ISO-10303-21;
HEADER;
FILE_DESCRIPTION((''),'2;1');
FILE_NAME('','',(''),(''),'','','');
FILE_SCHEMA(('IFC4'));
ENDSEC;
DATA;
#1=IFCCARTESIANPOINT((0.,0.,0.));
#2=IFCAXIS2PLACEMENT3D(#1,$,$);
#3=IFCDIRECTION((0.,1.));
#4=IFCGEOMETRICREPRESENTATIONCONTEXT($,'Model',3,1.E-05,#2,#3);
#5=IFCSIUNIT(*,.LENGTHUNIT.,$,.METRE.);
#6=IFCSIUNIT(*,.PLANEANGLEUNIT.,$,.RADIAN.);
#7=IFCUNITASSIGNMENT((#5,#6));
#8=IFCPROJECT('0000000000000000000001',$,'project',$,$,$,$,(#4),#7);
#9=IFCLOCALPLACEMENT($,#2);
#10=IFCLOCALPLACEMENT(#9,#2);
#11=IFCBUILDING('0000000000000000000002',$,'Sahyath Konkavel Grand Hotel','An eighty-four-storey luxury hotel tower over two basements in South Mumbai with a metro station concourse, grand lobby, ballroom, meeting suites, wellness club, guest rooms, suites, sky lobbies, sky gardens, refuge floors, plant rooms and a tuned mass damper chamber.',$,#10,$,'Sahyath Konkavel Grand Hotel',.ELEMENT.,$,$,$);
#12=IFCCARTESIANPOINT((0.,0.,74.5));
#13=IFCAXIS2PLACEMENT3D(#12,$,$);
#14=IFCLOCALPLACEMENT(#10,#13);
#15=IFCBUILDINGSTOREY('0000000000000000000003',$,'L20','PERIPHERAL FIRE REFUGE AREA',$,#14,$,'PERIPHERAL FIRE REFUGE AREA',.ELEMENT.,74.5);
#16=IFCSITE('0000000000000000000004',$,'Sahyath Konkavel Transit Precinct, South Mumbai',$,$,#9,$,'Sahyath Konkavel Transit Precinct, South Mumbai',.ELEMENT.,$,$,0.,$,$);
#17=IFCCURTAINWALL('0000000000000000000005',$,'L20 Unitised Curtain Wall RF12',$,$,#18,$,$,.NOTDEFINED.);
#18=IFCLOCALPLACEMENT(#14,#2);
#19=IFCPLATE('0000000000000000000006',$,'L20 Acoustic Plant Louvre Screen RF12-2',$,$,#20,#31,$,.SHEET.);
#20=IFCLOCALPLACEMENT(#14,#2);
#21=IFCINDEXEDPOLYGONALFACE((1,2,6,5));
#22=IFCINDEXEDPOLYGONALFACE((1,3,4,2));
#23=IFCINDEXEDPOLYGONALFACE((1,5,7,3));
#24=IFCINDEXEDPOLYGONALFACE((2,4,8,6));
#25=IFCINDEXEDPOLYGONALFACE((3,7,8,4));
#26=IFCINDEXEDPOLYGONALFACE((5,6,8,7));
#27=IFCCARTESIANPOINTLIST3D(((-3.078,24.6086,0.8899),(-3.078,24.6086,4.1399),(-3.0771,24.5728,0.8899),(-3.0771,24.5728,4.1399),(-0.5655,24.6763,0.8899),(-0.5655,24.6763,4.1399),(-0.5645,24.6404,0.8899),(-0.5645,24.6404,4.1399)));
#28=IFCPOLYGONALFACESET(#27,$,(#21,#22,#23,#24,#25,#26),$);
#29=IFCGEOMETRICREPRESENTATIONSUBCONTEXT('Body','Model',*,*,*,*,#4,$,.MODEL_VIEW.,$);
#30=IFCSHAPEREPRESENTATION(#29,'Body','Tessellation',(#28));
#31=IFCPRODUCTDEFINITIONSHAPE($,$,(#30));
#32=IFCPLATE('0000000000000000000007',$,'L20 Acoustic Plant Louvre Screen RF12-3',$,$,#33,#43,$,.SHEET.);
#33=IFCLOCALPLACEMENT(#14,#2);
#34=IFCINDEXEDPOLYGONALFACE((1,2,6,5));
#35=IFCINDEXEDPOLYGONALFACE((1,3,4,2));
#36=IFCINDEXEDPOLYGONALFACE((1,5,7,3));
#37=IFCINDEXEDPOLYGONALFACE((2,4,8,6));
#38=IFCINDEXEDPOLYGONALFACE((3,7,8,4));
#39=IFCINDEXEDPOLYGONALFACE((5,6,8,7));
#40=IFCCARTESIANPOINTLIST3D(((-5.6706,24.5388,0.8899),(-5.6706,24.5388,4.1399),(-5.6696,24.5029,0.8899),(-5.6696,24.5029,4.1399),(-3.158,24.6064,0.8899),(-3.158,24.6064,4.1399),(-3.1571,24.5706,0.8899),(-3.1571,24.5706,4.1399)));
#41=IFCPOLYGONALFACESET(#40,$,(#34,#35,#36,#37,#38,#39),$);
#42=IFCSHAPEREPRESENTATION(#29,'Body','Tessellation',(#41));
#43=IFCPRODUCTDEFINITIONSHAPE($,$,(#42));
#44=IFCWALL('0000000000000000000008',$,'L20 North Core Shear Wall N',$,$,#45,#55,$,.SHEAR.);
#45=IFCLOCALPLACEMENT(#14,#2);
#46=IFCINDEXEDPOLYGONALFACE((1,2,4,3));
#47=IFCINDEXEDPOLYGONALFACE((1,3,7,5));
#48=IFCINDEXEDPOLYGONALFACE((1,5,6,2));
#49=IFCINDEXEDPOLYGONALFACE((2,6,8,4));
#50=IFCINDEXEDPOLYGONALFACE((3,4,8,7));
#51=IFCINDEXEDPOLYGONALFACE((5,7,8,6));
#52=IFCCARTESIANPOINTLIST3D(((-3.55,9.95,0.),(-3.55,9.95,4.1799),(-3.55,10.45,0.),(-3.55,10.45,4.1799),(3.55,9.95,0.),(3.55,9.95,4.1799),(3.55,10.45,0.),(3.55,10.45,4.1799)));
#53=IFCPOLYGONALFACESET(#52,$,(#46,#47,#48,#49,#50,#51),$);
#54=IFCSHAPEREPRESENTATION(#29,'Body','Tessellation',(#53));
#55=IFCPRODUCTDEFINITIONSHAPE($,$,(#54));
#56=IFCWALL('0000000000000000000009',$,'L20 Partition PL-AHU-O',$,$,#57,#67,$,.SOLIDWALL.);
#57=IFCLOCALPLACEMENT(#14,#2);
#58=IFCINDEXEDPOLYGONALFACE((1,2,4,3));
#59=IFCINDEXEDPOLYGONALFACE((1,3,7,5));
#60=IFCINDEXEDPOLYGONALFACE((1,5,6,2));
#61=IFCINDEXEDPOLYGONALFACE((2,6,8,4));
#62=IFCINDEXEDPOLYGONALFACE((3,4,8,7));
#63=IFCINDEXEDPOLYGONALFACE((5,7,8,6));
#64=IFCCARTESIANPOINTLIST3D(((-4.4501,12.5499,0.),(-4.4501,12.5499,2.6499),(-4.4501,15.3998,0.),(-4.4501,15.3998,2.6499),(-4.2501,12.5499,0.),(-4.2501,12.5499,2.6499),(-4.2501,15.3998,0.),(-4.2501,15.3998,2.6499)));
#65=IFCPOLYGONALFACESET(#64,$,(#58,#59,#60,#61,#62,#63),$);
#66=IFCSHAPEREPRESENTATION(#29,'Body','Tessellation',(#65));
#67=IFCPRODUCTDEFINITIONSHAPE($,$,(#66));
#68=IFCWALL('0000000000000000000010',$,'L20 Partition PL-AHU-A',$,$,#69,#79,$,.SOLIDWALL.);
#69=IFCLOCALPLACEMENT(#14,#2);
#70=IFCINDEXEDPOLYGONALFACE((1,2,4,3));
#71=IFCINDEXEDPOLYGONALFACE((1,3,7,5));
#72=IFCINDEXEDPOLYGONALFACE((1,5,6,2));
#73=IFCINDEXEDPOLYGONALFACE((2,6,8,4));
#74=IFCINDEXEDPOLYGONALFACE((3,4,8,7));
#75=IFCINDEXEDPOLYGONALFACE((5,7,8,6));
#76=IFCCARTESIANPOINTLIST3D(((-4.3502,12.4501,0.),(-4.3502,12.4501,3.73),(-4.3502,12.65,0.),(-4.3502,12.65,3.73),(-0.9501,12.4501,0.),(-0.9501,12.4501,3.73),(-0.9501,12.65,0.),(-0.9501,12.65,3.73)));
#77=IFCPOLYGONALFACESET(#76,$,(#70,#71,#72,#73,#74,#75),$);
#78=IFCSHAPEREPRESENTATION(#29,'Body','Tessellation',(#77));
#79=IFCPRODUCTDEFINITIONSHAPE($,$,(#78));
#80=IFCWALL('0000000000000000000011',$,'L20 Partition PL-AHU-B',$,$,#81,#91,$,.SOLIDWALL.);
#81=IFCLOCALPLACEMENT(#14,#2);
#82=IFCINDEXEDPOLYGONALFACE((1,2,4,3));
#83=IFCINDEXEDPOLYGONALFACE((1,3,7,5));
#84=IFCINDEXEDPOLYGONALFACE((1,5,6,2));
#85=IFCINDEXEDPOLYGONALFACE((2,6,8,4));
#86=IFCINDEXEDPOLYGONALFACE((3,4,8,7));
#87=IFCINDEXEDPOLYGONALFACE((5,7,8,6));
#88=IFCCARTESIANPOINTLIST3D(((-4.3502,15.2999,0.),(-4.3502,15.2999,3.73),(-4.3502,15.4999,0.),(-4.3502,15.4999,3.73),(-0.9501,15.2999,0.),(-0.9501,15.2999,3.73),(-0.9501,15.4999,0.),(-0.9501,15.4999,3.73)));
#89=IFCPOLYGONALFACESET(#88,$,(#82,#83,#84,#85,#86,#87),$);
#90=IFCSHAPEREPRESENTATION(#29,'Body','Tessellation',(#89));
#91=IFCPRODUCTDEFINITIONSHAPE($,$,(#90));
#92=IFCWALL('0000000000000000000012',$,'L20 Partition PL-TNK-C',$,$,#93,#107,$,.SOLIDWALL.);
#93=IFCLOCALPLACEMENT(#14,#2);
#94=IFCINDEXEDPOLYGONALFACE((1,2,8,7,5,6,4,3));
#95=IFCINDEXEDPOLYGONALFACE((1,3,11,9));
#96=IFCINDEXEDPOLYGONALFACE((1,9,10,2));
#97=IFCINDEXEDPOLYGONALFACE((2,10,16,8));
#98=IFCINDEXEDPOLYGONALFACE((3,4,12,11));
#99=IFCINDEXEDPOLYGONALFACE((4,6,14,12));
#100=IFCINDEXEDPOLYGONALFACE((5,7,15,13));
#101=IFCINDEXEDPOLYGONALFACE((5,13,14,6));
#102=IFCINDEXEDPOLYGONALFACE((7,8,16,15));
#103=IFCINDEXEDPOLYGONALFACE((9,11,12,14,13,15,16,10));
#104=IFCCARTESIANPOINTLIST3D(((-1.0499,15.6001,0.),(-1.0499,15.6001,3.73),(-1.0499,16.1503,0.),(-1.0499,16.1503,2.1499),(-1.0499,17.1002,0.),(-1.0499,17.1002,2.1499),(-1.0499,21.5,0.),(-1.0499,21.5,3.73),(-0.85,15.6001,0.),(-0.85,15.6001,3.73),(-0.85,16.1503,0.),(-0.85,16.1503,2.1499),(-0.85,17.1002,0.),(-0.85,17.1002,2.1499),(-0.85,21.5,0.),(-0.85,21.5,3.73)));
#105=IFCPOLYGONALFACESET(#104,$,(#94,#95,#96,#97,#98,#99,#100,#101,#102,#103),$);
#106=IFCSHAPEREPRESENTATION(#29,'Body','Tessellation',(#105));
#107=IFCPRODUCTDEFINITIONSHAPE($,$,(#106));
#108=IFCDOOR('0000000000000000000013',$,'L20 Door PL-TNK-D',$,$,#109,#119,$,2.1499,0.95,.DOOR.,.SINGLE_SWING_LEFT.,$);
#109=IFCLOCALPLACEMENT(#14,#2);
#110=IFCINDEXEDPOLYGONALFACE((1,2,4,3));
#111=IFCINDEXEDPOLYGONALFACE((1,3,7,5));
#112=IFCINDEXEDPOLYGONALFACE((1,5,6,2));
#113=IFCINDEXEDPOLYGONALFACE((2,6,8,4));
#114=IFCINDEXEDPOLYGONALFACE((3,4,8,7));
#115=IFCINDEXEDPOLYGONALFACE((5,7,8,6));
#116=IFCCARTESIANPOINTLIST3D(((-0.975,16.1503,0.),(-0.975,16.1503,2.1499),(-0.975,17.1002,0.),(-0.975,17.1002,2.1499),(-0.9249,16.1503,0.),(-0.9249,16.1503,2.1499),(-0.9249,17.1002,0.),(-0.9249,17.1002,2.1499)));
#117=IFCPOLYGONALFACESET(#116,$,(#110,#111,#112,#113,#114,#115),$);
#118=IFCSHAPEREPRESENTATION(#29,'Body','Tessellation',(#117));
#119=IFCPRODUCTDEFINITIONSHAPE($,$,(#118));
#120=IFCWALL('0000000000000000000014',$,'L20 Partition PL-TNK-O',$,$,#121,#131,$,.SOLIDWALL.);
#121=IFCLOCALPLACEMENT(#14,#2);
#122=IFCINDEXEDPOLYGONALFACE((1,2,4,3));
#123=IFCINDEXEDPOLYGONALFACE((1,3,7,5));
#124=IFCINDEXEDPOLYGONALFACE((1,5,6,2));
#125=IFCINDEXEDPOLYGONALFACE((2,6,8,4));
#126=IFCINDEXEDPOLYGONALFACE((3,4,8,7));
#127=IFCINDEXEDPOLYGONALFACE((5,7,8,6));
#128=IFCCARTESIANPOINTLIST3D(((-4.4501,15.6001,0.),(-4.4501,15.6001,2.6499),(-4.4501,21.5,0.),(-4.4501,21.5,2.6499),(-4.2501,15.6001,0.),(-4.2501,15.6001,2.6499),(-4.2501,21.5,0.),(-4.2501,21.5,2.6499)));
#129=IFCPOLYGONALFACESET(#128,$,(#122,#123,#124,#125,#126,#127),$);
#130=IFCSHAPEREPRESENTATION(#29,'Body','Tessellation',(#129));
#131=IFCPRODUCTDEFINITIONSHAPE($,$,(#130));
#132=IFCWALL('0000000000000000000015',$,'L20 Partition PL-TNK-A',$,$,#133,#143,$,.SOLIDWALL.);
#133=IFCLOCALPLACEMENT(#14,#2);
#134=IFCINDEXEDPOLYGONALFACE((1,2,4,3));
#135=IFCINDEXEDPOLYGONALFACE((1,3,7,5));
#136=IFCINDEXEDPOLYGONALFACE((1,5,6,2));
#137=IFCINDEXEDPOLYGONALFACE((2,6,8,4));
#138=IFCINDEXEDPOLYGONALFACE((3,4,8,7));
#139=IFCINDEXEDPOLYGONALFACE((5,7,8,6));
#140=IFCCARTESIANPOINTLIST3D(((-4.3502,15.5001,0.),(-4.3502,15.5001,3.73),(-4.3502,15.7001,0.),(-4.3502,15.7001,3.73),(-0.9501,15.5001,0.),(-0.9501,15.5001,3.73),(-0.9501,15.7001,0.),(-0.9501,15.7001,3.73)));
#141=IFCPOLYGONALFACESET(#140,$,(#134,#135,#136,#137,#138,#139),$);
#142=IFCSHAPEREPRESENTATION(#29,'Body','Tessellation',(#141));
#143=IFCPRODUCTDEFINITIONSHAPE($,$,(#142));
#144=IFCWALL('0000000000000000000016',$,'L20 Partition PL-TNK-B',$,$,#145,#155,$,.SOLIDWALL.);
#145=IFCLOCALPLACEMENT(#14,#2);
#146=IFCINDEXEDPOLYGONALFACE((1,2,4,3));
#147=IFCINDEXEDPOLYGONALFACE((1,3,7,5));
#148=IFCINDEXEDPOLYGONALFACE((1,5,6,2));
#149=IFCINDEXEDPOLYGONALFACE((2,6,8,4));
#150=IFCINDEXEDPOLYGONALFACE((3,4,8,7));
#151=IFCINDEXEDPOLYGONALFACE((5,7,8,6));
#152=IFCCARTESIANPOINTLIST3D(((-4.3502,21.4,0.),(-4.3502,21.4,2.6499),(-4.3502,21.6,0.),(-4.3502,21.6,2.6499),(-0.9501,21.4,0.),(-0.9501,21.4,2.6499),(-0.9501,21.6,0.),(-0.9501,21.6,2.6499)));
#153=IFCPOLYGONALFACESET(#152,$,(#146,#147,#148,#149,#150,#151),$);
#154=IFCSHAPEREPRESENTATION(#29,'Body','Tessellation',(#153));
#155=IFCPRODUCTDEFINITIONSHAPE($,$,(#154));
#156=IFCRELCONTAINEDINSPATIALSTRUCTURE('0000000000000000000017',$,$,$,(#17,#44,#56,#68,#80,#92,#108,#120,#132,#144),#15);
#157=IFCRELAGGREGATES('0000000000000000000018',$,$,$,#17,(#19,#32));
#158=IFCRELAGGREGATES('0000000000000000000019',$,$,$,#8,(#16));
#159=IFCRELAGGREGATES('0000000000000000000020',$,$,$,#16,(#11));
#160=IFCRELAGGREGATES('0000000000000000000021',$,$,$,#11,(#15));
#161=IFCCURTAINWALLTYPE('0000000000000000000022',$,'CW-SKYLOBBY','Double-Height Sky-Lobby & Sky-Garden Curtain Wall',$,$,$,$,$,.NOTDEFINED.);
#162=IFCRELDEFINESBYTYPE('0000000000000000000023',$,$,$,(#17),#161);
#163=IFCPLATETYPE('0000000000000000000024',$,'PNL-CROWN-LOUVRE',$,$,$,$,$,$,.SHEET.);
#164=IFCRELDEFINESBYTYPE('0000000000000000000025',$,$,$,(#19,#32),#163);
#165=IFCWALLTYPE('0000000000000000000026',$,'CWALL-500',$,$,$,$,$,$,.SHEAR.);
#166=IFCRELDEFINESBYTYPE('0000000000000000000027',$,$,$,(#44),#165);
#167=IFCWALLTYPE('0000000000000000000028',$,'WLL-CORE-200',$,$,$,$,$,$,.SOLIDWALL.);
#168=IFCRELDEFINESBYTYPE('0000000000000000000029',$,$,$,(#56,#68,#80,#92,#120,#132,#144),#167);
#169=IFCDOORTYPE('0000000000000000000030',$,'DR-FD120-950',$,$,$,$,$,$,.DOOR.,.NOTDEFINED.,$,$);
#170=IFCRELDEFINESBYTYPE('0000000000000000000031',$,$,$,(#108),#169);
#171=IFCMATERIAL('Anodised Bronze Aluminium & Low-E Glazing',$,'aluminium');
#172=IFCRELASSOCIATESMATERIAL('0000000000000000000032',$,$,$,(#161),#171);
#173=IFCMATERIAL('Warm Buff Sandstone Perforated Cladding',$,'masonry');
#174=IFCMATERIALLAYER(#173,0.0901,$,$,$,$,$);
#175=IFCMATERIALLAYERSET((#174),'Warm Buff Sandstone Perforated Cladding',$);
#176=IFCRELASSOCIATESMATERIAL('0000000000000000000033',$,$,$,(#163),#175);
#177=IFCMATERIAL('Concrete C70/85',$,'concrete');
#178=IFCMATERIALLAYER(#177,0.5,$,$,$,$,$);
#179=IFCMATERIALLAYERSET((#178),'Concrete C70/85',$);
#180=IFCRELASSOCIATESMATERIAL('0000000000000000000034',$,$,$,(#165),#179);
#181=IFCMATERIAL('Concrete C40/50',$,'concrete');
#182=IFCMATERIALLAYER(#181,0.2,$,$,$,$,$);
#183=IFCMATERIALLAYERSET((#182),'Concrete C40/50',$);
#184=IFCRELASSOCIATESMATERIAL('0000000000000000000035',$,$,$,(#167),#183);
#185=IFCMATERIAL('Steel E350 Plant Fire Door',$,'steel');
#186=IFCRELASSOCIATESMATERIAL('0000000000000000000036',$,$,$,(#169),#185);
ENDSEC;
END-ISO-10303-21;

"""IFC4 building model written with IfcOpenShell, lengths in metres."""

from ifc_helpers import new_model, si_unit, direction, frame, frame_2d, origin, origin_2d, place, context, subcontext, project, spatial, rectangle, extrude, source, transform, mapped, material, layer, layer_set, type_object, element, fill, aggregate, save


model = new_model("IFC4")

# Units and contexts
model_context = context("Model", 3, precision=1e-05, world=origin(), true_north=direction((0.0, 1.0)))
body_context = subcontext(model_context, "Body", "Model", "MODEL_VIEW")
ifc_project = project(units=[si_unit("LENGTHUNIT", "METRE"), si_unit("PLANEANGLEUNIT", "RADIAN")], contexts=[model_context])

# Site, building, storey
site_placement = place(None, origin())
site = spatial("IfcSite", under=ifc_project, at=site_placement, Name="Sahyath Konkavel Transit Precinct, South Mumbai", LongName="Sahyath Konkavel Transit Precinct, South Mumbai", CompositionType="ELEMENT", RefElevation=0.0)
building_placement = place(site_placement, origin())
building = spatial("IfcBuilding", under=site, at=building_placement, Name="Sahyath Konkavel Grand Hotel", Description="An eighty-four-storey luxury hotel tower over two basements in South Mumbai with a metro station concourse, grand lobby, ballroom, meeting suites, wellness club, guest rooms, suites, sky lobbies, sky gardens, refuge floors, plant rooms and a tuned mass damper chamber.", LongName="Sahyath Konkavel Grand Hotel", CompositionType="ELEMENT")
storey_placement = place(building_placement, frame((0.0, 0.0, 74.5)))
storey = spatial("IfcBuildingStorey", under=building, at=storey_placement, Name="L20", Description="PERIPHERAL FIRE REFUGE AREA", LongName="PERIPHERAL FIRE REFUGE AREA", CompositionType="ELEMENT", Elevation=74.5)

# Curtain wall
ifc_material_1 = material(Name="Anodised Bronze Aluminium & Low-E Glazing", Category="aluminium")
curtain_wall_type = type_object("IfcCurtainWallType", Name="CW-SKYLOBBY", Description="Double-Height Sky-Lobby & Sky-Garden Curtain Wall", PredefinedType="NOTDEFINED", material=ifc_material_1)
curtain_wall_placement = place(storey_placement, origin())
curtain_wall = element("IfcCurtainWall", 1, at=curtain_wall_placement, inside=storey, type_object=curtain_wall_type, Name="L20 Unitised Curtain Wall RF12", PredefinedType="NOTDEFINED")

# Plates
ifc_material_2 = material(Name="Warm Buff Sandstone Perforated Cladding", Category="masonry")
ifc_layer_1 = layer(ifc_material_2, 0.0901)
ifc_layer_set_1 = layer_set([ifc_layer_1], Name="Warm Buff Sandstone Perforated Cladding")
plate_type_1 = type_object("IfcPlateType", Name="PNL-CROWN-LOUVRE", PredefinedType="SHEET", material=ifc_layer_set_1)
shared_shape_1 = source(origin(), body_context, "Body", "SweptSolid", [
    extrude(rectangle(XDim=2.5134, YDim=0.0359, at=origin_2d()), origin(), (0.0, 0.0, 1.0), 3.25),
])
plate_1_placement = place(storey_placement, frame((-1.8213, 24.6245, 0.8899), z_axis=(0.0, 0.0, 1.0), x_axis=(-0.999638, -0.02691, 0.0)))
plate_1 = element("IfcPlate", 2, at=plate_1_placement, type_object=plate_type_1, Name="L20 Acoustic Plant Louvre Screen RF12-2", PredefinedType="SHEET", context=body_context, shape_type="MappedRepresentation", body=[
    mapped(shared_shape_1, transform((0.0, 0.0, 0.0), scale=1.0)),
])
plate_2_placement = place(storey_placement, frame((-4.4138, 24.5547, 0.8899), z_axis=(0.0, 0.0, 1.0), x_axis=(-0.999638, -0.02691, 0.0)))
plate_2 = element("IfcPlate", 3, at=plate_2_placement, type_object=plate_type_1, Name="L20 Acoustic Plant Louvre Screen RF12-3", PredefinedType="SHEET", context=body_context, shape_type="MappedRepresentation", body=[
    mapped(shared_shape_1, transform((0.0, 0.0, 0.0), scale=1.0)),
])
aggregate(curtain_wall, [plate_1, plate_2])

# Wall
ifc_material_3 = material(Name="Concrete C70/85", Category="concrete")
ifc_layer_2 = layer(ifc_material_3, 0.5)
ifc_layer_set_2 = layer_set([ifc_layer_2], Name="Concrete C70/85")
wall_type_1 = type_object("IfcWallType", Name="CWALL-500", PredefinedType="SHEAR", material=ifc_layer_set_2)
wall_1_placement = place(storey_placement, frame((-3.55, 10.2, 0.0), z_axis=(0.0, 0.0, 1.0), x_axis=(1.0, 0.0, 0.0)))
element("IfcWall", 4, at=wall_1_placement, inside=storey, type_object=wall_type_1, Name="L20 North Core Shear Wall N", PredefinedType="SHEAR", context=body_context, shape_type="SweptSolid", body=[
    extrude(rectangle(XDim=7.1001, YDim=0.5, at=frame_2d((3.55, 0.0))), origin(), (0.0, 0.0, 1.0), 4.1799),
])

# Shared definitions
ifc_material_4 = material(Name="Concrete C40/50", Category="concrete")
ifc_layer_3 = layer(ifc_material_4, 0.2)
ifc_layer_set_3 = layer_set([ifc_layer_3], Name="Concrete C40/50")
wall_type_2 = type_object("IfcWallType", Name="WLL-CORE-200", PredefinedType="SOLIDWALL", material=ifc_layer_set_3)
ifc_material_5 = material(Name="Steel E350 Plant Fire Door", Category="steel")
door_type = type_object("IfcDoorType", Name="DR-FD120-950", OperationType="NOTDEFINED", PredefinedType="DOOR", material=ifc_material_5)
shared_shape_2 = source(origin(), body_context, "Body", "SweptSolid", [
    extrude(rectangle(XDim=0.95, YDim=0.05, at=origin_2d()), origin(), (0.0, 0.0, 1.0), 2.1499),
])

# Walls
wall_2_placement = place(storey_placement, frame((-4.3501, 12.55, 0.0), z_axis=(0.0, 0.0, 1.0), x_axis=(0.0, 1.0, 0.0)))
element("IfcWall", 5, at=wall_2_placement, inside=storey, type_object=wall_type_2, Name="L20 Partition PL-AHU-O", PredefinedType="SOLIDWALL", context=body_context, shape_type="SweptSolid", body=[
    extrude(rectangle(XDim=2.8499, YDim=0.2, at=frame_2d((1.4248, 0.0))), origin(), (0.0, 0.0, 1.0), 2.6499),
])
for number, where, z_axis, x_axis, name in (
    (6, (-0.95, 12.55, 0.0), (0.0, 0.0, 1.0), (-1.0, 0.0, 0.0), "L20 Partition PL-AHU-A"),
    (7, (-0.95, 15.3999, 0.0), (0.0, 0.0, 1.0), (-1.0, 0.0, 0.0), "L20 Partition PL-AHU-B"),
):
    element("IfcWall", number, at=place(storey_placement, frame(where, z_axis=z_axis, x_axis=x_axis)), inside=storey, type_object=wall_type_2, Name=name, PredefinedType="SOLIDWALL", context=body_context, shape_type="SweptSolid", body=[
        extrude(rectangle(XDim=3.4001, YDim=0.2, at=frame_2d((1.7002, 0.0))), origin(), (0.0, 0.0, 1.0), 3.73),
    ])

# Wall, opening, door
wall_3_placement = place(storey_placement, frame((-0.95, 15.6001, 0.0), z_axis=(0.0, 0.0, 1.0), x_axis=(0.0, 1.0, 0.0)))
wall_3 = element("IfcWall", 8, at=wall_3_placement, inside=storey, type_object=wall_type_2, Name="L20 Partition PL-TNK-C", PredefinedType="SOLIDWALL", context=body_context, shape_type="SweptSolid", body=[
    extrude(rectangle(XDim=5.8999, YDim=0.2, at=frame_2d((2.95, 0.0))), origin(), (0.0, 0.0, 1.0), 3.73),
])
opening_1_placement = place(wall_3_placement, frame((0.55, 0.0, 0.0)))
opening_1 = element("IfcOpeningElement", 9, at=opening_1_placement, cuts=wall_3, PredefinedType="OPENING", context=body_context, shape_type="SweptSolid", body=[
    extrude(rectangle(XDim=0.95, YDim=2.1499, at=frame_2d((0.4751, 1.075))), frame((0.0, 0.1099, 0.0), z_axis=(0.0, -1.0, 0.0), x_axis=(1.0, 0.0, 0.0)), (0.0, 0.0, 1.0), 0.22),
])
door_1_placement = place(opening_1_placement, frame((0.4751, 0.0, 0.0)))
door_1 = element("IfcDoor", 10, at=door_1_placement, inside=storey, type_object=door_type, Name="L20 Door PL-TNK-D", OperationType="SINGLE_SWING_LEFT", OverallHeight=2.1499, OverallWidth=0.95, PredefinedType="DOOR", context=body_context, shape_type="MappedRepresentation", body=[
    mapped(shared_shape_2, transform((0.0, 0.0, 0.0), scale=1.0)),
])
fill(opening_1, door_1)

# Walls
wall_4_placement = place(storey_placement, frame((-4.3501, 15.6001, 0.0), z_axis=(0.0, 0.0, 1.0), x_axis=(0.0, 1.0, 0.0)))
element("IfcWall", 11, at=wall_4_placement, inside=storey, type_object=wall_type_2, Name="L20 Partition PL-TNK-O", PredefinedType="SOLIDWALL", context=body_context, shape_type="SweptSolid", body=[
    extrude(rectangle(XDim=5.8999, YDim=0.2, at=frame_2d((2.95, 0.0))), origin(), (0.0, 0.0, 1.0), 2.6499),
])
wall_5_placement = place(storey_placement, frame((-0.95, 15.6001, 0.0), z_axis=(0.0, 0.0, 1.0), x_axis=(-1.0, 0.0, 0.0)))
element("IfcWall", 12, at=wall_5_placement, inside=storey, type_object=wall_type_2, Name="L20 Partition PL-TNK-A", PredefinedType="SOLIDWALL", context=body_context, shape_type="SweptSolid", body=[
    extrude(rectangle(XDim=3.4001, YDim=0.2, at=frame_2d((1.7002, 0.0))), origin(), (0.0, 0.0, 1.0), 3.73),
])
wall_6_placement = place(storey_placement, frame((-0.95, 21.5, 0.0), z_axis=(0.0, 0.0, 1.0), x_axis=(-1.0, 0.0, 0.0)))
element("IfcWall", 13, at=wall_6_placement, inside=storey, type_object=wall_type_2, Name="L20 Partition PL-TNK-B", PredefinedType="SOLIDWALL", context=body_context, shape_type="SweptSolid", body=[
    extrude(rectangle(XDim=3.4001, YDim=0.2, at=frame_2d((1.7002, 0.0))), origin(), (0.0, 0.0, 1.0), 2.6499),
])

save(model, "model.ifc")
